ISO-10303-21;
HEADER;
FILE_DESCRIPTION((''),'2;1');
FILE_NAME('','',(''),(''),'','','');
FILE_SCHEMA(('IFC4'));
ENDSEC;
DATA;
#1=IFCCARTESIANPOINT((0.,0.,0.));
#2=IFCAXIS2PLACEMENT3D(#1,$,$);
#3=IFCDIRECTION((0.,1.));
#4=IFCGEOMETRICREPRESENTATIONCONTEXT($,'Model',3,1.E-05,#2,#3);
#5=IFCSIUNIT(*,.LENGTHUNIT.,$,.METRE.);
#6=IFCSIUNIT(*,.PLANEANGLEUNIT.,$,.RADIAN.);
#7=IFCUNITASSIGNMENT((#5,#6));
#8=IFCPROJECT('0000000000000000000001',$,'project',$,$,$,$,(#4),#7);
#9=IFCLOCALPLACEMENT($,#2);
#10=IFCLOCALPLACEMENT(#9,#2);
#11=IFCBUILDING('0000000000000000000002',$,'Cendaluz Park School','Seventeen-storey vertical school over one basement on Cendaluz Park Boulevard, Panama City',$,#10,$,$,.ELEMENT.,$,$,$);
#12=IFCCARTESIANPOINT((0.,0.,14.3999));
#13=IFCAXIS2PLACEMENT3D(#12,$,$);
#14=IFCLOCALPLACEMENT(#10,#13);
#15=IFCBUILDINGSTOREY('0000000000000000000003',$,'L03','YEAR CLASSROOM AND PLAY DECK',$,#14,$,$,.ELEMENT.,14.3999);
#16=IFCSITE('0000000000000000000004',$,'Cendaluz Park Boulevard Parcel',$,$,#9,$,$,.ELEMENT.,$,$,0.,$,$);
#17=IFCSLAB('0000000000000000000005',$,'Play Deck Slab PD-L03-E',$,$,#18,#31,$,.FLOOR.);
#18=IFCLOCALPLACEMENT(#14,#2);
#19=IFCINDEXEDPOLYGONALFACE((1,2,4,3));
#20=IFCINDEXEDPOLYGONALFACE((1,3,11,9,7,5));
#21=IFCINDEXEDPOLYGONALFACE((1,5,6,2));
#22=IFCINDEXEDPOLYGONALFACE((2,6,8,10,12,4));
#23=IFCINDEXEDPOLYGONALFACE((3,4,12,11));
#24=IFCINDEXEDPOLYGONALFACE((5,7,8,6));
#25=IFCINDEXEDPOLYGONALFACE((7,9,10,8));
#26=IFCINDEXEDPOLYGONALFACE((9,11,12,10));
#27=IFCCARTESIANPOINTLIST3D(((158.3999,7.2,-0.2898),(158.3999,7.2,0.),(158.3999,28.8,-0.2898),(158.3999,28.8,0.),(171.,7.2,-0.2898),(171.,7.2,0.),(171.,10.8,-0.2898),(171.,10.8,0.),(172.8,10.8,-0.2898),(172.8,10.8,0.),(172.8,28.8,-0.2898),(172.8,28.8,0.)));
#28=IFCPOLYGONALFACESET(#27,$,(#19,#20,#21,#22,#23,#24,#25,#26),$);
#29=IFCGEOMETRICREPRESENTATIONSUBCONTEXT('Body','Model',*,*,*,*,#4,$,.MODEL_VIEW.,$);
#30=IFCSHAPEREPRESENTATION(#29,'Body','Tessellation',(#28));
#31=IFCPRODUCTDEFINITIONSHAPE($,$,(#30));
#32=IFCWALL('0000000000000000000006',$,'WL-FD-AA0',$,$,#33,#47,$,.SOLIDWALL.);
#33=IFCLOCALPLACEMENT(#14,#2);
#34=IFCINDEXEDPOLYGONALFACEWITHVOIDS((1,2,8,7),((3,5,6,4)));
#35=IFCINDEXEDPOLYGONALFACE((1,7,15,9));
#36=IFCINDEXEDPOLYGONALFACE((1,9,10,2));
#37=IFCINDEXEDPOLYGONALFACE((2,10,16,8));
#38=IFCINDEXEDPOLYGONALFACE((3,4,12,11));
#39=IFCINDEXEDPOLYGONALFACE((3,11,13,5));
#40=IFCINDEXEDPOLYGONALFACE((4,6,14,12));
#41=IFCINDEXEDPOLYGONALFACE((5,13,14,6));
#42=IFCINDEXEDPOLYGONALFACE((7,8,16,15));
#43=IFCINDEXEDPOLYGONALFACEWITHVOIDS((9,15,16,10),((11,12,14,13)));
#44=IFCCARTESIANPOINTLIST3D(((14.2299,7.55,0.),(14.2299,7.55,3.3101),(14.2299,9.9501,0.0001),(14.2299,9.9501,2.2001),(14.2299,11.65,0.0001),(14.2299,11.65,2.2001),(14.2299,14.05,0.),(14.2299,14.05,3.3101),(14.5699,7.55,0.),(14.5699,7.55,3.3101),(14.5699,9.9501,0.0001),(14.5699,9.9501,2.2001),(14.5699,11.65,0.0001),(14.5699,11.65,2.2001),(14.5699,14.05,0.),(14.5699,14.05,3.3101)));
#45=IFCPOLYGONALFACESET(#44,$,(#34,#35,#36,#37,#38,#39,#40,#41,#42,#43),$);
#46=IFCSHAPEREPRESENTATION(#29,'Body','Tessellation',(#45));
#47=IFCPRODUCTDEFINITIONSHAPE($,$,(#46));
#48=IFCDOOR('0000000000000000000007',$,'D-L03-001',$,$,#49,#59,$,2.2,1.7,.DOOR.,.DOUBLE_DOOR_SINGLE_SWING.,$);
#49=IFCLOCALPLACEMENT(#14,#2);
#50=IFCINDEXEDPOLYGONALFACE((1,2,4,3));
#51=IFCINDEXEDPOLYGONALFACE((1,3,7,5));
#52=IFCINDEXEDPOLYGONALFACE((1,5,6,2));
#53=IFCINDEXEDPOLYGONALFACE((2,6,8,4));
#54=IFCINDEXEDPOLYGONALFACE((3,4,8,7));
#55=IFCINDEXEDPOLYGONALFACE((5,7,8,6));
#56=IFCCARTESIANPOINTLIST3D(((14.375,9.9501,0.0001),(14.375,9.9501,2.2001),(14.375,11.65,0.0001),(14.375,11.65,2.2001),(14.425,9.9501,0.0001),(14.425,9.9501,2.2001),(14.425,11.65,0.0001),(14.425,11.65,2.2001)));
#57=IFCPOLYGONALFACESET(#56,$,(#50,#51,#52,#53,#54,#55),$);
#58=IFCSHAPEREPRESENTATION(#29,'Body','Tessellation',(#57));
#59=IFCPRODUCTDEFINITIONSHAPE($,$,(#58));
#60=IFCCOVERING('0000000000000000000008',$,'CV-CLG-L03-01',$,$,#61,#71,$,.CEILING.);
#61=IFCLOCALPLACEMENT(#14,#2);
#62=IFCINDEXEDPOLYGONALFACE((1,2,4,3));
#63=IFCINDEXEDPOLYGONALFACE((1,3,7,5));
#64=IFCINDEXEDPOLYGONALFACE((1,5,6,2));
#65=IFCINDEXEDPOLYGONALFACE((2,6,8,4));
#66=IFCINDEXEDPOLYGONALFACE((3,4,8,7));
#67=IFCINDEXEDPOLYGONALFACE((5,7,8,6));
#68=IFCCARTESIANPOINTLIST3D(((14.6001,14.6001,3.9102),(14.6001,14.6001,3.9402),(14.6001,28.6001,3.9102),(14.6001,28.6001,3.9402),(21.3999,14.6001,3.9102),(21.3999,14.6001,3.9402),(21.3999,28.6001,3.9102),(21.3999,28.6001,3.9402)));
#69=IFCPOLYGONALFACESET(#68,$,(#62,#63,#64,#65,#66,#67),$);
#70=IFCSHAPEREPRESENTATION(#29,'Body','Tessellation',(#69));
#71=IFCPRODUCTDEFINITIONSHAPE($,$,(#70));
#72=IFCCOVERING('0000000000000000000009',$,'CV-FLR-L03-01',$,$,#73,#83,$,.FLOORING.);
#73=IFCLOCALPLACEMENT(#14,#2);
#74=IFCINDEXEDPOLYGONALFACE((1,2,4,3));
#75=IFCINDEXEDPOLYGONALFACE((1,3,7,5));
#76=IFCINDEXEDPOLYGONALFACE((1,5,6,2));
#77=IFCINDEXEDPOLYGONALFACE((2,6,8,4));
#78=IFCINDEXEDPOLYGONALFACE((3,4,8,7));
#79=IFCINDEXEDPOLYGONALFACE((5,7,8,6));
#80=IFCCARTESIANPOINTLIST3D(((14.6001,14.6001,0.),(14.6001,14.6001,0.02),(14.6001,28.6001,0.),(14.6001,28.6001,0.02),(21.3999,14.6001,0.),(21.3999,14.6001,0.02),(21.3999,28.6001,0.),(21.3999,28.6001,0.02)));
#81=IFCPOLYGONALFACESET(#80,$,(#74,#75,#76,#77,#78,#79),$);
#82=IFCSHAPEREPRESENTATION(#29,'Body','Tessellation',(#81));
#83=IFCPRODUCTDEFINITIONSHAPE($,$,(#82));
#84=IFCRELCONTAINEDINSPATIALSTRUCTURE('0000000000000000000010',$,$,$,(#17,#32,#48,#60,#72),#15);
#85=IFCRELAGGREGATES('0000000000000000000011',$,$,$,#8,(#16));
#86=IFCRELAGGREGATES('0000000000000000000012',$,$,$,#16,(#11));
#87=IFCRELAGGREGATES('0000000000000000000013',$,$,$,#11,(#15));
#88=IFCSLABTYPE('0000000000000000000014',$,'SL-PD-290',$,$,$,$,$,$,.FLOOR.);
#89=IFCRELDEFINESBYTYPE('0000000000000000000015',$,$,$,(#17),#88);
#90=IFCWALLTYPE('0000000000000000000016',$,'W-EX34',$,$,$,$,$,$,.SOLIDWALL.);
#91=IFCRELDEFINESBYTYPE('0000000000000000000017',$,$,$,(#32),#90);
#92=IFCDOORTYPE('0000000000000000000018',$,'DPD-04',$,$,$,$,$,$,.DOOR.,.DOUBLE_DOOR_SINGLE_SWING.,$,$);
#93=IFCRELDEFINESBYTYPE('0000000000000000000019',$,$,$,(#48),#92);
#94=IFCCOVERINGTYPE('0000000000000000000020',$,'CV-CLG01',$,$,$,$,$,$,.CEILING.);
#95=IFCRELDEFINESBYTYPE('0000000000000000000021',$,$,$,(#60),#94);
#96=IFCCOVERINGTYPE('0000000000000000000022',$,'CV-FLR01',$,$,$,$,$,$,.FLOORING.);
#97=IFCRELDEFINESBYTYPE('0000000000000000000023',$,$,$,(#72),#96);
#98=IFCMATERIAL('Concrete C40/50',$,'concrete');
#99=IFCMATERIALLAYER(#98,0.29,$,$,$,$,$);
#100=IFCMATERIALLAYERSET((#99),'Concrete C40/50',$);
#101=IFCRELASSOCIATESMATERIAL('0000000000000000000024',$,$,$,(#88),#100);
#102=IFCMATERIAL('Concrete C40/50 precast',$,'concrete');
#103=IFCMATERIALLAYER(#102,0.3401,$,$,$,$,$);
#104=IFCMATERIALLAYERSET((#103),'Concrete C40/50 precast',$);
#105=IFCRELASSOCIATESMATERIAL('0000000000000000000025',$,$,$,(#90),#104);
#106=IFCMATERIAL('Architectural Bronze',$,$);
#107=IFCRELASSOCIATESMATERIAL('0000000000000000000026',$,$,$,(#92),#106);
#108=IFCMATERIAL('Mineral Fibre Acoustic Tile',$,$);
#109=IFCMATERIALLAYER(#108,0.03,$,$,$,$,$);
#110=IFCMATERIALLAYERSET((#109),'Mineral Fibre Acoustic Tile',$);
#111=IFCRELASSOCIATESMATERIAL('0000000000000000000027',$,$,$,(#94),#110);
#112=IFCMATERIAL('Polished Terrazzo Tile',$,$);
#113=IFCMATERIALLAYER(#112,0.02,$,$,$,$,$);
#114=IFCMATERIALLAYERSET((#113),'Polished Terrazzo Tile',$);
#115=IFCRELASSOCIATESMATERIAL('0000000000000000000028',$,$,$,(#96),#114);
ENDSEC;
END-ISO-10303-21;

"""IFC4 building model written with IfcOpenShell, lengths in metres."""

from ifc_helpers import new_model, si_unit, direction, frame, frame_2d, origin, place, context, subcontext, project, spatial, polyline, rectangle, outline, extrude, material, layer, layer_set, type_object, element, fill, save


model = new_model("IFC4")

# Units and contexts
model_context = context("Model", 3, precision=1e-05, world=origin(), true_north=direction((0.0, 1.0)))
body_context = subcontext(model_context, "Body", "Model", "MODEL_VIEW")
ifc_project = project(units=[si_unit("LENGTHUNIT", "METRE"), si_unit("PLANEANGLEUNIT", "RADIAN")], contexts=[model_context])

# Site, building, storey
site_placement = place(None, origin())
site = spatial("IfcSite", under=ifc_project, at=site_placement, Name="Cendaluz Park Boulevard Parcel", CompositionType="ELEMENT", RefElevation=0.0)
building_placement = place(site_placement, origin())
building = spatial("IfcBuilding", under=site, at=building_placement, Name="Cendaluz Park School", Description="Seventeen-storey vertical school over one basement on Cendaluz Park Boulevard, Panama City", CompositionType="ELEMENT")
storey_placement = place(building_placement, frame((0.0, 0.0, 14.3999)))
storey = spatial("IfcBuildingStorey", under=building, at=storey_placement, Name="L03", Description="YEAR CLASSROOM AND PLAY DECK", CompositionType="ELEMENT", Elevation=14.3999)

# Shared definitions
ifc_material_1 = material(Name="Concrete C40/50", Category="concrete")

# Slab
ifc_layer_1 = layer(ifc_material_1, 0.29)
ifc_layer_set_1 = layer_set([ifc_layer_1], Name="Concrete C40/50")
slab_type_1 = type_object("IfcSlabType", Name="SL-PD-290", PredefinedType="FLOOR", material=ifc_layer_set_1)
slab_1_placement = place(storey_placement, frame((0.0, 0.0, -0.2898)))
element("IfcSlab", 1, at=slab_1_placement, inside=storey, type_object=slab_type_1, Name="Play Deck Slab PD-L03-E", PredefinedType="FLOOR", context=body_context, shape_type="SweptSolid", body=[
    extrude(outline(polyline([(158.3999, 28.8), (172.8, 28.8), (172.8, 10.8), (171.0, 10.8), (171.0, 7.2), (158.3999, 7.2), (158.3999, 28.8)])), origin(), (0.0, 0.0, 1.0), 0.2898),
])

# Wall, opening, door
ifc_material_2 = material(Name="Concrete C40/50 precast", Category="concrete")
ifc_layer_2 = layer(ifc_material_2, 0.3401)
ifc_layer_set_2 = layer_set([ifc_layer_2], Name="Concrete C40/50 precast")
wall_type = type_object("IfcWallType", Name="W-EX34", PredefinedType="SOLIDWALL", material=ifc_layer_set_2)
wall_placement = place(storey_placement, frame((14.3999, 7.55, 0.0), z_axis=(0.0, 0.0, 1.0), x_axis=(0.0, 1.0, 0.0)))
wall = element("IfcWall", 2, at=wall_placement, inside=storey, type_object=wall_type, Name="WL-FD-AA0", PredefinedType="SOLIDWALL", context=body_context, shape_type="SweptSolid", body=[
    extrude(rectangle(XDim=6.5, YDim=0.3401, at=frame_2d((3.25, 0.0))), origin(), (0.0, 0.0, 1.0), 3.3101),
])
opening_placement = place(wall_placement, frame((2.3999, 0.0, 0.0)))
opening = element("IfcOpeningElement", 3, at=opening_placement, cuts=wall, PredefinedType="OPENING", context=body_context, shape_type="SweptSolid", body=[
    extrude(rectangle(XDim=1.7, YDim=2.2, at=frame_2d((0.8501, 1.1001))), frame((0.0, 0.1821, 0.0), z_axis=(0.0, -1.0, 0.0), x_axis=(1.0, 0.0, 0.0)), (0.0, 0.0, 1.0), 0.364),
])
ifc_material_3 = material(Name="Architectural Bronze")
door_type = type_object("IfcDoorType", Name="DPD-04", OperationType="DOUBLE_DOOR_SINGLE_SWING", PredefinedType="DOOR", material=ifc_material_3)
door_placement = place(opening_placement, origin())
door = element("IfcDoor", 4, at=door_placement, inside=storey, type_object=door_type, Name="D-L03-001", OperationType="DOUBLE_DOOR_SINGLE_SWING", OverallHeight=2.2, OverallWidth=1.7, PredefinedType="DOOR", context=body_context, shape_type="SweptSolid", body=[
    extrude(rectangle(XDim=1.7, YDim=2.2, at=frame_2d((0.8501, 1.1001))), frame((0.0, 0.0249, 0.0), z_axis=(0.0, -1.0, 0.0), x_axis=(1.0, 0.0, 0.0)), (0.0, 0.0, 1.0), 0.05),
])
fill(opening, door)

# Coverings
ifc_material_4 = material(Name="Mineral Fibre Acoustic Tile")
ifc_layer_3 = layer(ifc_material_4, 0.03)
ifc_layer_set_3 = layer_set([ifc_layer_3], Name="Mineral Fibre Acoustic Tile")
covering_type_1 = type_object("IfcCoveringType", Name="CV-CLG01", PredefinedType="CEILING", material=ifc_layer_set_3)
covering_1_placement = place(storey_placement, frame((0.0, 0.0, 3.9102)))
element("IfcCovering", 5, at=covering_1_placement, inside=storey, type_object=covering_type_1, Name="CV-CLG-L03-01", PredefinedType="CEILING", context=body_context, shape_type="SweptSolid", body=[
    extrude(outline(polyline([(14.6001, 14.6001), (21.3999, 14.6001), (21.3999, 28.6001), (14.6001, 28.6001), (14.6001, 14.6001)])), origin(), (0.0, 0.0, 1.0), 0.03),
])
ifc_material_5 = material(Name="Polished Terrazzo Tile")
ifc_layer_4 = layer(ifc_material_5, 0.02)
ifc_layer_set_4 = layer_set([ifc_layer_4], Name="Polished Terrazzo Tile")
covering_type_2 = type_object("IfcCoveringType", Name="CV-FLR01", PredefinedType="FLOORING", material=ifc_layer_set_4)
covering_2_placement = place(storey_placement, origin())
element("IfcCovering", 6, at=covering_2_placement, inside=storey, type_object=covering_type_2, Name="CV-FLR-L03-01", PredefinedType="FLOORING", context=body_context, shape_type="SweptSolid", body=[
    extrude(outline(polyline([(14.6001, 14.6001), (21.3999, 14.6001), (21.3999, 28.6001), (14.6001, 28.6001), (14.6001, 14.6001)])), origin(), (0.0, 0.0, 1.0), 0.02),
])

save(model, "model.ifc")
